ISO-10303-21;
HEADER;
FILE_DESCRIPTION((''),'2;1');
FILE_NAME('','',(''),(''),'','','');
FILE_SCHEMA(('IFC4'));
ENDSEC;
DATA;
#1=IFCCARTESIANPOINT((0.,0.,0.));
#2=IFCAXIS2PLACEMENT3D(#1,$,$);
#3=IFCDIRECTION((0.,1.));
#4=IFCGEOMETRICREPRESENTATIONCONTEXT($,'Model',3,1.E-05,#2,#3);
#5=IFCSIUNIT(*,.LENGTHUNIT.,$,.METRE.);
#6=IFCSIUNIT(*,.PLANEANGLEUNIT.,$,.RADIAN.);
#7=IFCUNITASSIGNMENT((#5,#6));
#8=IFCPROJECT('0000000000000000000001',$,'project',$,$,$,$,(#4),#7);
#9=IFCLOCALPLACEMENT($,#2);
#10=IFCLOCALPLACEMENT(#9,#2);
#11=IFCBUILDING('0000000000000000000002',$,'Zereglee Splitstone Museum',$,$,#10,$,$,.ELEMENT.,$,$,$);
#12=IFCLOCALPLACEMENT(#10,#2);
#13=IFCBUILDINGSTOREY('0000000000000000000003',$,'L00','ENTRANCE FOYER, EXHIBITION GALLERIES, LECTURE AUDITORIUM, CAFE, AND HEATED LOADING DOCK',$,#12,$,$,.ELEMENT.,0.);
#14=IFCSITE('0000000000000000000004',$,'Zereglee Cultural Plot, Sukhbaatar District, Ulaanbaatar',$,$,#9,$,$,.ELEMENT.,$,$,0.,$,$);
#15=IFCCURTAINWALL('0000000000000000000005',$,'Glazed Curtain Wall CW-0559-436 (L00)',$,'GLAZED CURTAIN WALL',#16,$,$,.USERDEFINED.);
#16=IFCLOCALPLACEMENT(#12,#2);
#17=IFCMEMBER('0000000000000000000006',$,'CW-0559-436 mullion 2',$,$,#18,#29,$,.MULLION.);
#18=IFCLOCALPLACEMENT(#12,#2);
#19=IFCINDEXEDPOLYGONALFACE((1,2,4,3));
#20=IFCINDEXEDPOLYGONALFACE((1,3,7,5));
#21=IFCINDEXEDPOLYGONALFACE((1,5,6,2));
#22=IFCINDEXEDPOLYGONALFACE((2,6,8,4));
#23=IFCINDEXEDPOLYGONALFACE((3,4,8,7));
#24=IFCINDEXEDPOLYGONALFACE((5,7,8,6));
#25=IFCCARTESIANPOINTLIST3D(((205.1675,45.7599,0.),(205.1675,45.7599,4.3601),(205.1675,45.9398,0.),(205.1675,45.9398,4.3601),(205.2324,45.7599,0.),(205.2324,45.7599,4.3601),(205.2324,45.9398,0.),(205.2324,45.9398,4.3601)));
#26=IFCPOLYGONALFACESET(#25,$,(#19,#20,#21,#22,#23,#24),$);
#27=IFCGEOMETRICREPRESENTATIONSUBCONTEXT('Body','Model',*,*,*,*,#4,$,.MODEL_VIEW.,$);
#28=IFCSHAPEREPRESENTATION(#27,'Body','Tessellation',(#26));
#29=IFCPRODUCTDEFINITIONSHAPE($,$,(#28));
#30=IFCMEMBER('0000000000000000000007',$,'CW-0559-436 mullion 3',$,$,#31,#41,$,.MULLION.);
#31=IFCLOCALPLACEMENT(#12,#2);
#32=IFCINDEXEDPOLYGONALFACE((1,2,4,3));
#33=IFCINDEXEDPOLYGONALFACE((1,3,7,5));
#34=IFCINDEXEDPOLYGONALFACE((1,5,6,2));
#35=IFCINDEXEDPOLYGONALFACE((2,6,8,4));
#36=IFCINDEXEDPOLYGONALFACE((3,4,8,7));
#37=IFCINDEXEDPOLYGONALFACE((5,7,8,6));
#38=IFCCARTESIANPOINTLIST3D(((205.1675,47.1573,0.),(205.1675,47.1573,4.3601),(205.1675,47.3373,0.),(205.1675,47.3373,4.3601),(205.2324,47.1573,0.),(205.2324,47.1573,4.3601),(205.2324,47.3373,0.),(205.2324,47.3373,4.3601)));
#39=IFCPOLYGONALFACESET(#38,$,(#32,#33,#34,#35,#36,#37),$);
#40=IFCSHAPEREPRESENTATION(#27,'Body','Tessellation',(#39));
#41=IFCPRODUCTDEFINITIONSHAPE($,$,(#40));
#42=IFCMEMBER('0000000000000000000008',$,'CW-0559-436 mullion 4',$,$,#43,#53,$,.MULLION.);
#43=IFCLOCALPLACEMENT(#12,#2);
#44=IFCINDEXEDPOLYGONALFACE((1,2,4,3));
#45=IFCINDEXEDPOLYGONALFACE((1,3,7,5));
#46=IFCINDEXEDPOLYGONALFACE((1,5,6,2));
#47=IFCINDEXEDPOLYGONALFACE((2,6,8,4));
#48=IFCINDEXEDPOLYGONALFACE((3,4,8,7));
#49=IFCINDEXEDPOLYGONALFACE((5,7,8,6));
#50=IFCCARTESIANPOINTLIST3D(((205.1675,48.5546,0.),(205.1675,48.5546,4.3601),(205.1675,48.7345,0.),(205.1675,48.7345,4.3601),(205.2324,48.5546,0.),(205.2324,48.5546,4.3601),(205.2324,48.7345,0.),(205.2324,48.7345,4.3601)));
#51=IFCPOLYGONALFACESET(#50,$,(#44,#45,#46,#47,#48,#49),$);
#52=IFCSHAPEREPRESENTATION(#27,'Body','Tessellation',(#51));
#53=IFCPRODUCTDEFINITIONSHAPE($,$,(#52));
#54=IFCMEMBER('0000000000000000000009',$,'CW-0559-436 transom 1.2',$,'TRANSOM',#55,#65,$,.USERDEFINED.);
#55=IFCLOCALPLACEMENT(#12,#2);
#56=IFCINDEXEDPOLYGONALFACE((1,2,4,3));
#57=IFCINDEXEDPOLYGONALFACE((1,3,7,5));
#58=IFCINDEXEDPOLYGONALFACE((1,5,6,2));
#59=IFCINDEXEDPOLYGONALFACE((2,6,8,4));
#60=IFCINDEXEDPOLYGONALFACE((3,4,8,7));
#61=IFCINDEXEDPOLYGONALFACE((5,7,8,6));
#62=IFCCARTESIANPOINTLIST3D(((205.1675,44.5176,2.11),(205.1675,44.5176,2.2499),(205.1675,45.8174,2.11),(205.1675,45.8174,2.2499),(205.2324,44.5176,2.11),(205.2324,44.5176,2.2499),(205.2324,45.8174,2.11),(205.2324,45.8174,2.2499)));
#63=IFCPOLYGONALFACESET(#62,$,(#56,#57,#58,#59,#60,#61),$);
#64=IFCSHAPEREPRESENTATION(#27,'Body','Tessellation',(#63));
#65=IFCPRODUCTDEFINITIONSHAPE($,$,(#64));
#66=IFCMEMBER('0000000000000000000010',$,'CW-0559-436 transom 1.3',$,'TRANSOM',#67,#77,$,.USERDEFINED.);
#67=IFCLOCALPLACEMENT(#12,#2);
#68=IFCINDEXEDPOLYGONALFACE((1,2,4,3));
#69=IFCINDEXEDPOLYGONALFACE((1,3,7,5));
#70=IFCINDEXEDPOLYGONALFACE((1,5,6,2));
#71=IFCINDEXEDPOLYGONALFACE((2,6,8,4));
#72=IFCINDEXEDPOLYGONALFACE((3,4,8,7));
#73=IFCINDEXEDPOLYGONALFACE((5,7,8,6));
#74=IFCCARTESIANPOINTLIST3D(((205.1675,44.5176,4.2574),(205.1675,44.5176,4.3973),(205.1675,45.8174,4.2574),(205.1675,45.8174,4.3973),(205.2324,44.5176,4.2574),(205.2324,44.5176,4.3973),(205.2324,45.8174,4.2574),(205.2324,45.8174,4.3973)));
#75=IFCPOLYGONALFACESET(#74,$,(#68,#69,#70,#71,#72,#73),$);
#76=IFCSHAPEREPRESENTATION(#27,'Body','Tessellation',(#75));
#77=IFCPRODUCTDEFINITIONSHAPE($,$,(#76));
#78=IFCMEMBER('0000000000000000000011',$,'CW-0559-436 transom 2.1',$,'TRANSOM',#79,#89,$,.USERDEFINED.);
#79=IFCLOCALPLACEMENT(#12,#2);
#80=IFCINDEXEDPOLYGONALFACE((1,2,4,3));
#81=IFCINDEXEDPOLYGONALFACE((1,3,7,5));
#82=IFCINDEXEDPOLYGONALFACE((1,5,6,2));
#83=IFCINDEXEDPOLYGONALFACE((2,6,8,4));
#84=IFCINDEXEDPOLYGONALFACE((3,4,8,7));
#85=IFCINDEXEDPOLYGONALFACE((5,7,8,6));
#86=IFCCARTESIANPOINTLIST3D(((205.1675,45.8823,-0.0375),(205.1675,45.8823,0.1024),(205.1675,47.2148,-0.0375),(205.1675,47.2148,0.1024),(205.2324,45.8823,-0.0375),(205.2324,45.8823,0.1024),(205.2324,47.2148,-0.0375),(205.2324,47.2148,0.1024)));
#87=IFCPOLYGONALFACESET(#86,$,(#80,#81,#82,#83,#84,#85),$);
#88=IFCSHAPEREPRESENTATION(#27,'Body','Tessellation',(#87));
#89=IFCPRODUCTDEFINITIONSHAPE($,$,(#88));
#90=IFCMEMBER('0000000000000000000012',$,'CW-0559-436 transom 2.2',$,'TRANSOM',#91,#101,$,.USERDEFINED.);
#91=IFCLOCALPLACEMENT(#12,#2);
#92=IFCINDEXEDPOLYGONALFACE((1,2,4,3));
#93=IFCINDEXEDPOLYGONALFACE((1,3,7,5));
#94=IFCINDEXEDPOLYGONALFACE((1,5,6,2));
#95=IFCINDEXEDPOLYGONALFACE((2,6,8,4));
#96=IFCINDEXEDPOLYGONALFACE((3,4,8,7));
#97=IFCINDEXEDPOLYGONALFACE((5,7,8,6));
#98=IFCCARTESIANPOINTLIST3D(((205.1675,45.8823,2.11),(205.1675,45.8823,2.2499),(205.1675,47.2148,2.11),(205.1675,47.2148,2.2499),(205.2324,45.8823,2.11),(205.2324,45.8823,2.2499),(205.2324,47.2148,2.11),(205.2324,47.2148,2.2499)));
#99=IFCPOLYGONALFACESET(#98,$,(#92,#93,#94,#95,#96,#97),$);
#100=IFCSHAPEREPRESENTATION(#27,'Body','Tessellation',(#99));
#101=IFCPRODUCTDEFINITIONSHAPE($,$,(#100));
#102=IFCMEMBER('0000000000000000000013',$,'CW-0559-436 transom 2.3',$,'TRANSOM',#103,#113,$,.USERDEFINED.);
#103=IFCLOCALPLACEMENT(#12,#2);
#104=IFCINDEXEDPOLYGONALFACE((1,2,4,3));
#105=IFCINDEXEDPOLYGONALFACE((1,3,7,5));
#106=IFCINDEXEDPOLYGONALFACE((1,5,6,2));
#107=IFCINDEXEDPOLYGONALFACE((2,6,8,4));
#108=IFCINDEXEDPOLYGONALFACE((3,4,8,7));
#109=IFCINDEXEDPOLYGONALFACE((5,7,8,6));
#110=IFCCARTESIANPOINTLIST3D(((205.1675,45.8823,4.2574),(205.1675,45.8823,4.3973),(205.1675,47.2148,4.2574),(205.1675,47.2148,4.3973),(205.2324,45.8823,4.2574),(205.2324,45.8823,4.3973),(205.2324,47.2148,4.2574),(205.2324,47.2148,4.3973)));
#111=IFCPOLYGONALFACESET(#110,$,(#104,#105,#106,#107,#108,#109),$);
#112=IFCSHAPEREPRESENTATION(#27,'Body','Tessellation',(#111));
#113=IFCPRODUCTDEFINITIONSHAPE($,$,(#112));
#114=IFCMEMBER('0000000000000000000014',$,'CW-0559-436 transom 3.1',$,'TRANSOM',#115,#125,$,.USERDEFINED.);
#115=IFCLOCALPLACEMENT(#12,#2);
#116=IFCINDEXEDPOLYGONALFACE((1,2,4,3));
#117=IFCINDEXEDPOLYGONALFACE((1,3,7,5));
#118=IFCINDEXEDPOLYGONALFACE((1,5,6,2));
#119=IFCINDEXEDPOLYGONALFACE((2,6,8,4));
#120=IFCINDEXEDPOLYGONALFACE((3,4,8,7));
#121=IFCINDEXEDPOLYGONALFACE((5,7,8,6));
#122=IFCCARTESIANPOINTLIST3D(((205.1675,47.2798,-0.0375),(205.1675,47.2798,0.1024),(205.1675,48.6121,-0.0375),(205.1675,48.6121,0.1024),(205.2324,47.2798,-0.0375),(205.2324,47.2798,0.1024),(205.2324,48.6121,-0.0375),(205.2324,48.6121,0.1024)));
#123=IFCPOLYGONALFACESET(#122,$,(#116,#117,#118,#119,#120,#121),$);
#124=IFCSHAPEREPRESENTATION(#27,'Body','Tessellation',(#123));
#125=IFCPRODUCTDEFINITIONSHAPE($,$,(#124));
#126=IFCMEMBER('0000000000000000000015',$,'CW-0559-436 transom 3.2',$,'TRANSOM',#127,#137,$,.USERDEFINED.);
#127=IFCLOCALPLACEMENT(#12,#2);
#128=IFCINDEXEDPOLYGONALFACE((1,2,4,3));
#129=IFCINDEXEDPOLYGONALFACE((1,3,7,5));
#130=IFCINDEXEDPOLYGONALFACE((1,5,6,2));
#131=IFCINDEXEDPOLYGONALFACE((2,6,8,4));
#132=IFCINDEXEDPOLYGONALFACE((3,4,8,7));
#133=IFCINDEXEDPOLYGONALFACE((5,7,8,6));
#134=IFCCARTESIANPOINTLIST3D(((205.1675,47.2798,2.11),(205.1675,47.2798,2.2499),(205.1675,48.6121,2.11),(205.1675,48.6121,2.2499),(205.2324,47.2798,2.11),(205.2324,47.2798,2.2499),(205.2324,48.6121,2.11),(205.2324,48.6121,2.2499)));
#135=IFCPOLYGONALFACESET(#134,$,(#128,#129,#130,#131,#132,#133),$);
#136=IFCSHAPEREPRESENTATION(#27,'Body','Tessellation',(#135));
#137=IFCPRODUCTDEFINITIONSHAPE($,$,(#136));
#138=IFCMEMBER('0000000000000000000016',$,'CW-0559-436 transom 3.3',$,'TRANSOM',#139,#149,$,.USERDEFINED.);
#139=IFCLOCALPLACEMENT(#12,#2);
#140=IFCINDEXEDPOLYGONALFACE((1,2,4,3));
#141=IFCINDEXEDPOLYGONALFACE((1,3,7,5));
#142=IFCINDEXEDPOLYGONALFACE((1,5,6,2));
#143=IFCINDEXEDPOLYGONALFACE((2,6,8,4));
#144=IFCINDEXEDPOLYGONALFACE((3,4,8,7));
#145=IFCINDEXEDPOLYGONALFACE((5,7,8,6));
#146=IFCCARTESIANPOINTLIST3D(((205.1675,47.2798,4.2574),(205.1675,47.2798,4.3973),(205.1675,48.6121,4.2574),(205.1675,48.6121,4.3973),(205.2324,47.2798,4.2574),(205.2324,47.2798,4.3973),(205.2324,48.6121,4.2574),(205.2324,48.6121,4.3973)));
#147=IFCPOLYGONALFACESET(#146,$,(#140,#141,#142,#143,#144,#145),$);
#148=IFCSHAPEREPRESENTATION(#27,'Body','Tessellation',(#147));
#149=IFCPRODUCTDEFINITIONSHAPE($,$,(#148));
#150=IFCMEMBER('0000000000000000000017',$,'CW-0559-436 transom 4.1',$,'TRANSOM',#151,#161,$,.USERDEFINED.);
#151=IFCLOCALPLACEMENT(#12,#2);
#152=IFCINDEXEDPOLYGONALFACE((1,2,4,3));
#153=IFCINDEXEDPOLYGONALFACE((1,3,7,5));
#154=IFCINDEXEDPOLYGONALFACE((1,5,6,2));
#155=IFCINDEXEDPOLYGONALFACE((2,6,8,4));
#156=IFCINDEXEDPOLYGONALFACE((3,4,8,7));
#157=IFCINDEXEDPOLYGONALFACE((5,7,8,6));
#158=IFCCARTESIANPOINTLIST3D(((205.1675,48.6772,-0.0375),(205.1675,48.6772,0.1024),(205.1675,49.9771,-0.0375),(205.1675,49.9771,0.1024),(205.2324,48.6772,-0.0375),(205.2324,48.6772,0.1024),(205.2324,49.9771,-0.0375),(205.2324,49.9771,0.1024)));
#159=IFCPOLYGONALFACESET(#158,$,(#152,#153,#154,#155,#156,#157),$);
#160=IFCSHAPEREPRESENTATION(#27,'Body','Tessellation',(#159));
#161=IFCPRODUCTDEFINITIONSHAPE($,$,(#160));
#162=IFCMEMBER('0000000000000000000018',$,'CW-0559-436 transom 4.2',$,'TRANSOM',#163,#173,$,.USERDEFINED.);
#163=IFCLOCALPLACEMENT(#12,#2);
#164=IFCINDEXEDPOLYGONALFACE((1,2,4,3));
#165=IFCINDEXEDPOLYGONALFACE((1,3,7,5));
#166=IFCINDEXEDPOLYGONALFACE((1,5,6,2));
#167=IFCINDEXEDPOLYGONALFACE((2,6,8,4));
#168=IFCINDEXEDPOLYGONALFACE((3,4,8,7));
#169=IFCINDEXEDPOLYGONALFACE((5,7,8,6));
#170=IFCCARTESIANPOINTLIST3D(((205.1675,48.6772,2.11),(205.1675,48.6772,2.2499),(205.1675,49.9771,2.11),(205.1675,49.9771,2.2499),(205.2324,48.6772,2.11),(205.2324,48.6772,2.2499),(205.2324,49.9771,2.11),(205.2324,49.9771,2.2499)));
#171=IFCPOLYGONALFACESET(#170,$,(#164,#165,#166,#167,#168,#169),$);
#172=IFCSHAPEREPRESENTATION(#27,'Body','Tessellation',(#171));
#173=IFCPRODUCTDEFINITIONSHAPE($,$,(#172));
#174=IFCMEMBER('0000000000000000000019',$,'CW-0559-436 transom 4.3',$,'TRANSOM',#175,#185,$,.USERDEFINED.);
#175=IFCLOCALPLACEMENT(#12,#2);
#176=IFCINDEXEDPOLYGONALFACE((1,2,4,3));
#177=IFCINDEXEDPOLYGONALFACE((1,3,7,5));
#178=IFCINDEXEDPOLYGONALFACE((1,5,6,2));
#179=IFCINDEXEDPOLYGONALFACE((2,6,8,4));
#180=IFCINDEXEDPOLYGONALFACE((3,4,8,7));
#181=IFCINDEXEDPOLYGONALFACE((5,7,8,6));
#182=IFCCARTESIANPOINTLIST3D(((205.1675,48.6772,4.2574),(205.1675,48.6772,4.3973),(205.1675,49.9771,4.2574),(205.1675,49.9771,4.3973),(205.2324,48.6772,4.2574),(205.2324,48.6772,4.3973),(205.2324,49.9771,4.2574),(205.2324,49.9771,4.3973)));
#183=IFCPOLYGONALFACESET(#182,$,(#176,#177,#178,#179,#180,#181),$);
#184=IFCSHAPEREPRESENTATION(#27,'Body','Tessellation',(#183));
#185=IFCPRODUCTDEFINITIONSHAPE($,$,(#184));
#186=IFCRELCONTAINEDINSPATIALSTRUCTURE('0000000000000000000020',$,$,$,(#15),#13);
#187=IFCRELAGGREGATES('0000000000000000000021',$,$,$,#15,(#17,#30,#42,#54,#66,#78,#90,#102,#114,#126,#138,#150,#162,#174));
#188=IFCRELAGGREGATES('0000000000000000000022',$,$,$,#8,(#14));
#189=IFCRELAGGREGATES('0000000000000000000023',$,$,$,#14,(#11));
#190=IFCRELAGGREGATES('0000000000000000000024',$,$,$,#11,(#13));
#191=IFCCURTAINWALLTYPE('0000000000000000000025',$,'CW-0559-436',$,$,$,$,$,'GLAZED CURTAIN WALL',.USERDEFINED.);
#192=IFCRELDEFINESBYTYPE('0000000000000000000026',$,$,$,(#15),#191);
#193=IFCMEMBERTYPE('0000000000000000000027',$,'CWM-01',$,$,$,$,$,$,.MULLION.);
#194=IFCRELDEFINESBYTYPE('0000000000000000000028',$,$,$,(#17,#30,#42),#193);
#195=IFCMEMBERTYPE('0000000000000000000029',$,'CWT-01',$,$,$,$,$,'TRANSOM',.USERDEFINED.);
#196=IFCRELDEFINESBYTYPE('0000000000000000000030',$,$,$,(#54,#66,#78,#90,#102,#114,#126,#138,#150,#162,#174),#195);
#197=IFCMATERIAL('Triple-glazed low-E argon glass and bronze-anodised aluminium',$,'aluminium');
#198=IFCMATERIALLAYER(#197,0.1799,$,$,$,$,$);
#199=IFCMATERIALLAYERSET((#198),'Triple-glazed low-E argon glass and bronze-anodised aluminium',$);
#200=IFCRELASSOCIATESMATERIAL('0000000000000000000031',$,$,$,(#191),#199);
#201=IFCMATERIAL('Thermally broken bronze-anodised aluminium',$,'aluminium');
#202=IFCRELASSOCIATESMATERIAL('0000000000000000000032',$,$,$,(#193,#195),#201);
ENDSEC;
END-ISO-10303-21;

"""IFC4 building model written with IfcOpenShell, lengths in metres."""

from ifc_helpers import new_model, si_unit, direction, frame, origin, origin_2d, place, context, subcontext, project, spatial, rectangle, extrude, material, layer, layer_set, material_profile, profile_set, type_object, element, aggregate, save


model = new_model("IFC4")

# Units and contexts
model_context = context("Model", 3, precision=1e-05, world=origin(), true_north=direction((0.0, 1.0)))
body_context = subcontext(model_context, "Body", "Model", "MODEL_VIEW")
ifc_project = project(units=[si_unit("LENGTHUNIT", "METRE"), si_unit("PLANEANGLEUNIT", "RADIAN")], contexts=[model_context])

# Site, building, storey
site_placement = place(None, origin())
site = spatial("IfcSite", under=ifc_project, at=site_placement, Name="Zereglee Cultural Plot, Sukhbaatar District, Ulaanbaatar", CompositionType="ELEMENT", RefElevation=0.0)
building_placement = place(site_placement, origin())
building = spatial("IfcBuilding", under=site, at=building_placement, Name="Zereglee Splitstone Museum", CompositionType="ELEMENT")
storey_placement = place(building_placement, origin())
storey = spatial("IfcBuildingStorey", under=building, at=storey_placement, Name="L00", Description="ENTRANCE FOYER, EXHIBITION GALLERIES, LECTURE AUDITORIUM, CAFE, AND HEATED LOADING DOCK", CompositionType="ELEMENT", Elevation=0.0)

# Curtain wall, members
ifc_material_1 = material(Name="Triple-glazed low-E argon glass and bronze-anodised aluminium", Category="aluminium")
ifc_layer_1 = layer(ifc_material_1, 0.1799)
ifc_layer_set_1 = layer_set([ifc_layer_1], Name="Triple-glazed low-E argon glass and bronze-anodised aluminium")
curtain_wall_type = type_object("IfcCurtainWallType", Name="CW-0559-436", ElementType="GLAZED CURTAIN WALL", PredefinedType="USERDEFINED", material=ifc_layer_set_1)
curtain_wall_placement = place(storey_placement, origin())
curtain_wall = element("IfcCurtainWall", 1, at=curtain_wall_placement, inside=storey, type_object=curtain_wall_type, Name="Glazed Curtain Wall CW-0559-436 (L00)", ObjectType="GLAZED CURTAIN WALL", PredefinedType="USERDEFINED")
ifc_material_2 = material(Name="Thermally broken bronze-anodised aluminium", Category="aluminium")
ifc_material_profile_1 = material_profile(ifc_material_2, rectangle(XDim=0.0649, YDim=0.1799, at=origin_2d()), Name="CW MULL 65x180")
ifc_profile_set_1 = profile_set([ifc_material_profile_1], Name="Thermally broken bronze-anodised aluminium")
member_type_1 = type_object("IfcMemberType", Name="CWM-01", PredefinedType="MULLION", material=ifc_profile_set_1)
member_1_placement = place(storey_placement, frame((205.2, 45.8499, 0.0), z_axis=(0.0, 0.0, 1.0), x_axis=(-1.0, 0.0, 0.0)))
member_1 = element("IfcMember", 2, at=member_1_placement, type_object=member_type_1, Name="CW-0559-436 mullion 2", PredefinedType="MULLION", context=body_context, shape_type="SweptSolid", body=[
    extrude(rectangle(XDim=0.0649, YDim=0.1799, at=origin_2d()), origin(), (0.0, 0.0, 1.0), 4.3601),
])
member_2_placement = place(storey_placement, frame((205.2, 47.2473, 0.0), z_axis=(0.0, 0.0, 1.0), x_axis=(-1.0, 0.0, 0.0)))
member_2 = element("IfcMember", 3, at=member_2_placement, type_object=member_type_1, Name="CW-0559-436 mullion 3", PredefinedType="MULLION", context=body_context, shape_type="SweptSolid", body=[
    extrude(rectangle(XDim=0.0649, YDim=0.1799, at=origin_2d()), origin(), (0.0, 0.0, 1.0), 4.3601),
])
member_3_placement = place(storey_placement, frame((205.2, 48.6445, 0.0), z_axis=(0.0, 0.0, 1.0), x_axis=(-1.0, 0.0, 0.0)))
member_3 = element("IfcMember", 4, at=member_3_placement, type_object=member_type_1, Name="CW-0559-436 mullion 4", PredefinedType="MULLION", context=body_context, shape_type="SweptSolid", body=[
    extrude(rectangle(XDim=0.0649, YDim=0.1799, at=origin_2d()), origin(), (0.0, 0.0, 1.0), 4.3601),
])
ifc_material_profile_2 = material_profile(ifc_material_2, rectangle(XDim=0.0649, YDim=0.1399, at=origin_2d()), Name="CW TRAN 65x140")
ifc_profile_set_2 = profile_set([ifc_material_profile_2], Name="Thermally broken bronze-anodised aluminium")
member_type_2 = type_object("IfcMemberType", Name="CWT-01", ElementType="TRANSOM", PredefinedType="USERDEFINED", material=ifc_profile_set_2)
member_4_placement = place(storey_placement, frame((205.2, 44.5176, 2.1799), z_axis=(0.0, 1.0, 0.0), x_axis=(-1.0, 0.0, 0.0)))
member_4 = element("IfcMember", 5, at=member_4_placement, type_object=member_type_2, Name="CW-0559-436 transom 1.2", ObjectType="TRANSOM", PredefinedType="USERDEFINED", context=body_context, shape_type="SweptSolid", body=[
    extrude(rectangle(XDim=0.0649, YDim=0.1399, at=origin_2d()), origin(), (0.0, 0.0, 1.0), 1.2998),
])
member_5_placement = place(storey_placement, frame((205.2, 44.5176, 4.3274), z_axis=(0.0, 1.0, 0.0), x_axis=(-1.0, 0.0, 0.0)))
member_5 = element("IfcMember", 6, at=member_5_placement, type_object=member_type_2, Name="CW-0559-436 transom 1.3", ObjectType="TRANSOM", PredefinedType="USERDEFINED", context=body_context, shape_type="SweptSolid", body=[
    extrude(rectangle(XDim=0.0649, YDim=0.1399, at=origin_2d()), origin(), (0.0, 0.0, 1.0), 1.2998),
])
member_6_placement = place(storey_placement, frame((205.2, 45.8823, 0.0325), z_axis=(0.0, 1.0, 0.0), x_axis=(-1.0, 0.0, 0.0)))
member_6 = element("IfcMember", 7, at=member_6_placement, type_object=member_type_2, Name="CW-0559-436 transom 2.1", ObjectType="TRANSOM", PredefinedType="USERDEFINED", context=body_context, shape_type="SweptSolid", body=[
    extrude(rectangle(XDim=0.0649, YDim=0.1399, at=origin_2d()), origin(), (0.0, 0.0, 1.0), 1.3325),
])
member_7_placement = place(storey_placement, frame((205.2, 45.8823, 2.1799), z_axis=(0.0, 1.0, 0.0), x_axis=(-1.0, 0.0, 0.0)))
member_7 = element("IfcMember", 8, at=member_7_placement, type_object=member_type_2, Name="CW-0559-436 transom 2.2", ObjectType="TRANSOM", PredefinedType="USERDEFINED", context=body_context, shape_type="SweptSolid", body=[
    extrude(rectangle(XDim=0.0649, YDim=0.1399, at=origin_2d()), origin(), (0.0, 0.0, 1.0), 1.3325),
])
member_8_placement = place(storey_placement, frame((205.2, 45.8823, 4.3274), z_axis=(0.0, 1.0, 0.0), x_axis=(-1.0, 0.0, 0.0)))
member_8 = element("IfcMember", 9, at=member_8_placement, type_object=member_type_2, Name="CW-0559-436 transom 2.3", ObjectType="TRANSOM", PredefinedType="USERDEFINED", context=body_context, shape_type="SweptSolid", body=[
    extrude(rectangle(XDim=0.0649, YDim=0.1399, at=origin_2d()), origin(), (0.0, 0.0, 1.0), 1.3325),
])
member_9_placement = place(storey_placement, frame((205.2, 47.2798, 0.0325), z_axis=(0.0, 1.0, 0.0), x_axis=(-1.0, 0.0, 0.0)))
member_9 = element("IfcMember", 10, at=member_9_placement, type_object=member_type_2, Name="CW-0559-436 transom 3.1", ObjectType="TRANSOM", PredefinedType="USERDEFINED", context=body_context, shape_type="SweptSolid", body=[
    extrude(rectangle(XDim=0.0649, YDim=0.1399, at=origin_2d()), origin(), (0.0, 0.0, 1.0), 1.3323),
])
member_10_placement = place(storey_placement, frame((205.2, 47.2798, 2.1799), z_axis=(0.0, 1.0, 0.0), x_axis=(-1.0, 0.0, 0.0)))
member_10 = element("IfcMember", 11, at=member_10_placement, type_object=member_type_2, Name="CW-0559-436 transom 3.2", ObjectType="TRANSOM", PredefinedType="USERDEFINED", context=body_context, shape_type="SweptSolid", body=[
    extrude(rectangle(XDim=0.0649, YDim=0.1399, at=origin_2d()), origin(), (0.0, 0.0, 1.0), 1.3323),
])
member_11_placement = place(storey_placement, frame((205.2, 47.2798, 4.3274), z_axis=(0.0, 1.0, 0.0), x_axis=(-1.0, 0.0, 0.0)))
member_11 = element("IfcMember", 12, at=member_11_placement, type_object=member_type_2, Name="CW-0559-436 transom 3.3", ObjectType="TRANSOM", PredefinedType="USERDEFINED", context=body_context, shape_type="SweptSolid", body=[
    extrude(rectangle(XDim=0.0649, YDim=0.1399, at=origin_2d()), origin(), (0.0, 0.0, 1.0), 1.3323),
])
member_12_placement = place(storey_placement, frame((205.2, 48.6772, 0.0325), z_axis=(0.0, 1.0, 0.0), x_axis=(-1.0, 0.0, 0.0)))
member_12 = element("IfcMember", 13, at=member_12_placement, type_object=member_type_2, Name="CW-0559-436 transom 4.1", ObjectType="TRANSOM", PredefinedType="USERDEFINED", context=body_context, shape_type="SweptSolid", body=[
    extrude(rectangle(XDim=0.0649, YDim=0.1399, at=origin_2d()), origin(), (0.0, 0.0, 1.0), 1.2998),
])
member_13_placement = place(storey_placement, frame((205.2, 48.6772, 2.1799), z_axis=(0.0, 1.0, 0.0), x_axis=(-1.0, 0.0, 0.0)))
member_13 = element("IfcMember", 14, at=member_13_placement, type_object=member_type_2, Name="CW-0559-436 transom 4.2", ObjectType="TRANSOM", PredefinedType="USERDEFINED", context=body_context, shape_type="SweptSolid", body=[
    extrude(rectangle(XDim=0.0649, YDim=0.1399, at=origin_2d()), origin(), (0.0, 0.0, 1.0), 1.2998),
])
member_14_placement = place(storey_placement, frame((205.2, 48.6772, 4.3274), z_axis=(0.0, 1.0, 0.0), x_axis=(-1.0, 0.0, 0.0)))
member_14 = element("IfcMember", 15, at=member_14_placement, type_object=member_type_2, Name="CW-0559-436 transom 4.3", ObjectType="TRANSOM", PredefinedType="USERDEFINED", context=body_context, shape_type="SweptSolid", body=[
    extrude(rectangle(XDim=0.0649, YDim=0.1399, at=origin_2d()), origin(), (0.0, 0.0, 1.0), 1.2998),
])
aggregate(curtain_wall, [member_1, member_2, member_3, member_4, member_5, member_6, member_7, member_8, member_9, member_10, member_11, member_12, member_13, member_14])

save(model, "model.ifc")
